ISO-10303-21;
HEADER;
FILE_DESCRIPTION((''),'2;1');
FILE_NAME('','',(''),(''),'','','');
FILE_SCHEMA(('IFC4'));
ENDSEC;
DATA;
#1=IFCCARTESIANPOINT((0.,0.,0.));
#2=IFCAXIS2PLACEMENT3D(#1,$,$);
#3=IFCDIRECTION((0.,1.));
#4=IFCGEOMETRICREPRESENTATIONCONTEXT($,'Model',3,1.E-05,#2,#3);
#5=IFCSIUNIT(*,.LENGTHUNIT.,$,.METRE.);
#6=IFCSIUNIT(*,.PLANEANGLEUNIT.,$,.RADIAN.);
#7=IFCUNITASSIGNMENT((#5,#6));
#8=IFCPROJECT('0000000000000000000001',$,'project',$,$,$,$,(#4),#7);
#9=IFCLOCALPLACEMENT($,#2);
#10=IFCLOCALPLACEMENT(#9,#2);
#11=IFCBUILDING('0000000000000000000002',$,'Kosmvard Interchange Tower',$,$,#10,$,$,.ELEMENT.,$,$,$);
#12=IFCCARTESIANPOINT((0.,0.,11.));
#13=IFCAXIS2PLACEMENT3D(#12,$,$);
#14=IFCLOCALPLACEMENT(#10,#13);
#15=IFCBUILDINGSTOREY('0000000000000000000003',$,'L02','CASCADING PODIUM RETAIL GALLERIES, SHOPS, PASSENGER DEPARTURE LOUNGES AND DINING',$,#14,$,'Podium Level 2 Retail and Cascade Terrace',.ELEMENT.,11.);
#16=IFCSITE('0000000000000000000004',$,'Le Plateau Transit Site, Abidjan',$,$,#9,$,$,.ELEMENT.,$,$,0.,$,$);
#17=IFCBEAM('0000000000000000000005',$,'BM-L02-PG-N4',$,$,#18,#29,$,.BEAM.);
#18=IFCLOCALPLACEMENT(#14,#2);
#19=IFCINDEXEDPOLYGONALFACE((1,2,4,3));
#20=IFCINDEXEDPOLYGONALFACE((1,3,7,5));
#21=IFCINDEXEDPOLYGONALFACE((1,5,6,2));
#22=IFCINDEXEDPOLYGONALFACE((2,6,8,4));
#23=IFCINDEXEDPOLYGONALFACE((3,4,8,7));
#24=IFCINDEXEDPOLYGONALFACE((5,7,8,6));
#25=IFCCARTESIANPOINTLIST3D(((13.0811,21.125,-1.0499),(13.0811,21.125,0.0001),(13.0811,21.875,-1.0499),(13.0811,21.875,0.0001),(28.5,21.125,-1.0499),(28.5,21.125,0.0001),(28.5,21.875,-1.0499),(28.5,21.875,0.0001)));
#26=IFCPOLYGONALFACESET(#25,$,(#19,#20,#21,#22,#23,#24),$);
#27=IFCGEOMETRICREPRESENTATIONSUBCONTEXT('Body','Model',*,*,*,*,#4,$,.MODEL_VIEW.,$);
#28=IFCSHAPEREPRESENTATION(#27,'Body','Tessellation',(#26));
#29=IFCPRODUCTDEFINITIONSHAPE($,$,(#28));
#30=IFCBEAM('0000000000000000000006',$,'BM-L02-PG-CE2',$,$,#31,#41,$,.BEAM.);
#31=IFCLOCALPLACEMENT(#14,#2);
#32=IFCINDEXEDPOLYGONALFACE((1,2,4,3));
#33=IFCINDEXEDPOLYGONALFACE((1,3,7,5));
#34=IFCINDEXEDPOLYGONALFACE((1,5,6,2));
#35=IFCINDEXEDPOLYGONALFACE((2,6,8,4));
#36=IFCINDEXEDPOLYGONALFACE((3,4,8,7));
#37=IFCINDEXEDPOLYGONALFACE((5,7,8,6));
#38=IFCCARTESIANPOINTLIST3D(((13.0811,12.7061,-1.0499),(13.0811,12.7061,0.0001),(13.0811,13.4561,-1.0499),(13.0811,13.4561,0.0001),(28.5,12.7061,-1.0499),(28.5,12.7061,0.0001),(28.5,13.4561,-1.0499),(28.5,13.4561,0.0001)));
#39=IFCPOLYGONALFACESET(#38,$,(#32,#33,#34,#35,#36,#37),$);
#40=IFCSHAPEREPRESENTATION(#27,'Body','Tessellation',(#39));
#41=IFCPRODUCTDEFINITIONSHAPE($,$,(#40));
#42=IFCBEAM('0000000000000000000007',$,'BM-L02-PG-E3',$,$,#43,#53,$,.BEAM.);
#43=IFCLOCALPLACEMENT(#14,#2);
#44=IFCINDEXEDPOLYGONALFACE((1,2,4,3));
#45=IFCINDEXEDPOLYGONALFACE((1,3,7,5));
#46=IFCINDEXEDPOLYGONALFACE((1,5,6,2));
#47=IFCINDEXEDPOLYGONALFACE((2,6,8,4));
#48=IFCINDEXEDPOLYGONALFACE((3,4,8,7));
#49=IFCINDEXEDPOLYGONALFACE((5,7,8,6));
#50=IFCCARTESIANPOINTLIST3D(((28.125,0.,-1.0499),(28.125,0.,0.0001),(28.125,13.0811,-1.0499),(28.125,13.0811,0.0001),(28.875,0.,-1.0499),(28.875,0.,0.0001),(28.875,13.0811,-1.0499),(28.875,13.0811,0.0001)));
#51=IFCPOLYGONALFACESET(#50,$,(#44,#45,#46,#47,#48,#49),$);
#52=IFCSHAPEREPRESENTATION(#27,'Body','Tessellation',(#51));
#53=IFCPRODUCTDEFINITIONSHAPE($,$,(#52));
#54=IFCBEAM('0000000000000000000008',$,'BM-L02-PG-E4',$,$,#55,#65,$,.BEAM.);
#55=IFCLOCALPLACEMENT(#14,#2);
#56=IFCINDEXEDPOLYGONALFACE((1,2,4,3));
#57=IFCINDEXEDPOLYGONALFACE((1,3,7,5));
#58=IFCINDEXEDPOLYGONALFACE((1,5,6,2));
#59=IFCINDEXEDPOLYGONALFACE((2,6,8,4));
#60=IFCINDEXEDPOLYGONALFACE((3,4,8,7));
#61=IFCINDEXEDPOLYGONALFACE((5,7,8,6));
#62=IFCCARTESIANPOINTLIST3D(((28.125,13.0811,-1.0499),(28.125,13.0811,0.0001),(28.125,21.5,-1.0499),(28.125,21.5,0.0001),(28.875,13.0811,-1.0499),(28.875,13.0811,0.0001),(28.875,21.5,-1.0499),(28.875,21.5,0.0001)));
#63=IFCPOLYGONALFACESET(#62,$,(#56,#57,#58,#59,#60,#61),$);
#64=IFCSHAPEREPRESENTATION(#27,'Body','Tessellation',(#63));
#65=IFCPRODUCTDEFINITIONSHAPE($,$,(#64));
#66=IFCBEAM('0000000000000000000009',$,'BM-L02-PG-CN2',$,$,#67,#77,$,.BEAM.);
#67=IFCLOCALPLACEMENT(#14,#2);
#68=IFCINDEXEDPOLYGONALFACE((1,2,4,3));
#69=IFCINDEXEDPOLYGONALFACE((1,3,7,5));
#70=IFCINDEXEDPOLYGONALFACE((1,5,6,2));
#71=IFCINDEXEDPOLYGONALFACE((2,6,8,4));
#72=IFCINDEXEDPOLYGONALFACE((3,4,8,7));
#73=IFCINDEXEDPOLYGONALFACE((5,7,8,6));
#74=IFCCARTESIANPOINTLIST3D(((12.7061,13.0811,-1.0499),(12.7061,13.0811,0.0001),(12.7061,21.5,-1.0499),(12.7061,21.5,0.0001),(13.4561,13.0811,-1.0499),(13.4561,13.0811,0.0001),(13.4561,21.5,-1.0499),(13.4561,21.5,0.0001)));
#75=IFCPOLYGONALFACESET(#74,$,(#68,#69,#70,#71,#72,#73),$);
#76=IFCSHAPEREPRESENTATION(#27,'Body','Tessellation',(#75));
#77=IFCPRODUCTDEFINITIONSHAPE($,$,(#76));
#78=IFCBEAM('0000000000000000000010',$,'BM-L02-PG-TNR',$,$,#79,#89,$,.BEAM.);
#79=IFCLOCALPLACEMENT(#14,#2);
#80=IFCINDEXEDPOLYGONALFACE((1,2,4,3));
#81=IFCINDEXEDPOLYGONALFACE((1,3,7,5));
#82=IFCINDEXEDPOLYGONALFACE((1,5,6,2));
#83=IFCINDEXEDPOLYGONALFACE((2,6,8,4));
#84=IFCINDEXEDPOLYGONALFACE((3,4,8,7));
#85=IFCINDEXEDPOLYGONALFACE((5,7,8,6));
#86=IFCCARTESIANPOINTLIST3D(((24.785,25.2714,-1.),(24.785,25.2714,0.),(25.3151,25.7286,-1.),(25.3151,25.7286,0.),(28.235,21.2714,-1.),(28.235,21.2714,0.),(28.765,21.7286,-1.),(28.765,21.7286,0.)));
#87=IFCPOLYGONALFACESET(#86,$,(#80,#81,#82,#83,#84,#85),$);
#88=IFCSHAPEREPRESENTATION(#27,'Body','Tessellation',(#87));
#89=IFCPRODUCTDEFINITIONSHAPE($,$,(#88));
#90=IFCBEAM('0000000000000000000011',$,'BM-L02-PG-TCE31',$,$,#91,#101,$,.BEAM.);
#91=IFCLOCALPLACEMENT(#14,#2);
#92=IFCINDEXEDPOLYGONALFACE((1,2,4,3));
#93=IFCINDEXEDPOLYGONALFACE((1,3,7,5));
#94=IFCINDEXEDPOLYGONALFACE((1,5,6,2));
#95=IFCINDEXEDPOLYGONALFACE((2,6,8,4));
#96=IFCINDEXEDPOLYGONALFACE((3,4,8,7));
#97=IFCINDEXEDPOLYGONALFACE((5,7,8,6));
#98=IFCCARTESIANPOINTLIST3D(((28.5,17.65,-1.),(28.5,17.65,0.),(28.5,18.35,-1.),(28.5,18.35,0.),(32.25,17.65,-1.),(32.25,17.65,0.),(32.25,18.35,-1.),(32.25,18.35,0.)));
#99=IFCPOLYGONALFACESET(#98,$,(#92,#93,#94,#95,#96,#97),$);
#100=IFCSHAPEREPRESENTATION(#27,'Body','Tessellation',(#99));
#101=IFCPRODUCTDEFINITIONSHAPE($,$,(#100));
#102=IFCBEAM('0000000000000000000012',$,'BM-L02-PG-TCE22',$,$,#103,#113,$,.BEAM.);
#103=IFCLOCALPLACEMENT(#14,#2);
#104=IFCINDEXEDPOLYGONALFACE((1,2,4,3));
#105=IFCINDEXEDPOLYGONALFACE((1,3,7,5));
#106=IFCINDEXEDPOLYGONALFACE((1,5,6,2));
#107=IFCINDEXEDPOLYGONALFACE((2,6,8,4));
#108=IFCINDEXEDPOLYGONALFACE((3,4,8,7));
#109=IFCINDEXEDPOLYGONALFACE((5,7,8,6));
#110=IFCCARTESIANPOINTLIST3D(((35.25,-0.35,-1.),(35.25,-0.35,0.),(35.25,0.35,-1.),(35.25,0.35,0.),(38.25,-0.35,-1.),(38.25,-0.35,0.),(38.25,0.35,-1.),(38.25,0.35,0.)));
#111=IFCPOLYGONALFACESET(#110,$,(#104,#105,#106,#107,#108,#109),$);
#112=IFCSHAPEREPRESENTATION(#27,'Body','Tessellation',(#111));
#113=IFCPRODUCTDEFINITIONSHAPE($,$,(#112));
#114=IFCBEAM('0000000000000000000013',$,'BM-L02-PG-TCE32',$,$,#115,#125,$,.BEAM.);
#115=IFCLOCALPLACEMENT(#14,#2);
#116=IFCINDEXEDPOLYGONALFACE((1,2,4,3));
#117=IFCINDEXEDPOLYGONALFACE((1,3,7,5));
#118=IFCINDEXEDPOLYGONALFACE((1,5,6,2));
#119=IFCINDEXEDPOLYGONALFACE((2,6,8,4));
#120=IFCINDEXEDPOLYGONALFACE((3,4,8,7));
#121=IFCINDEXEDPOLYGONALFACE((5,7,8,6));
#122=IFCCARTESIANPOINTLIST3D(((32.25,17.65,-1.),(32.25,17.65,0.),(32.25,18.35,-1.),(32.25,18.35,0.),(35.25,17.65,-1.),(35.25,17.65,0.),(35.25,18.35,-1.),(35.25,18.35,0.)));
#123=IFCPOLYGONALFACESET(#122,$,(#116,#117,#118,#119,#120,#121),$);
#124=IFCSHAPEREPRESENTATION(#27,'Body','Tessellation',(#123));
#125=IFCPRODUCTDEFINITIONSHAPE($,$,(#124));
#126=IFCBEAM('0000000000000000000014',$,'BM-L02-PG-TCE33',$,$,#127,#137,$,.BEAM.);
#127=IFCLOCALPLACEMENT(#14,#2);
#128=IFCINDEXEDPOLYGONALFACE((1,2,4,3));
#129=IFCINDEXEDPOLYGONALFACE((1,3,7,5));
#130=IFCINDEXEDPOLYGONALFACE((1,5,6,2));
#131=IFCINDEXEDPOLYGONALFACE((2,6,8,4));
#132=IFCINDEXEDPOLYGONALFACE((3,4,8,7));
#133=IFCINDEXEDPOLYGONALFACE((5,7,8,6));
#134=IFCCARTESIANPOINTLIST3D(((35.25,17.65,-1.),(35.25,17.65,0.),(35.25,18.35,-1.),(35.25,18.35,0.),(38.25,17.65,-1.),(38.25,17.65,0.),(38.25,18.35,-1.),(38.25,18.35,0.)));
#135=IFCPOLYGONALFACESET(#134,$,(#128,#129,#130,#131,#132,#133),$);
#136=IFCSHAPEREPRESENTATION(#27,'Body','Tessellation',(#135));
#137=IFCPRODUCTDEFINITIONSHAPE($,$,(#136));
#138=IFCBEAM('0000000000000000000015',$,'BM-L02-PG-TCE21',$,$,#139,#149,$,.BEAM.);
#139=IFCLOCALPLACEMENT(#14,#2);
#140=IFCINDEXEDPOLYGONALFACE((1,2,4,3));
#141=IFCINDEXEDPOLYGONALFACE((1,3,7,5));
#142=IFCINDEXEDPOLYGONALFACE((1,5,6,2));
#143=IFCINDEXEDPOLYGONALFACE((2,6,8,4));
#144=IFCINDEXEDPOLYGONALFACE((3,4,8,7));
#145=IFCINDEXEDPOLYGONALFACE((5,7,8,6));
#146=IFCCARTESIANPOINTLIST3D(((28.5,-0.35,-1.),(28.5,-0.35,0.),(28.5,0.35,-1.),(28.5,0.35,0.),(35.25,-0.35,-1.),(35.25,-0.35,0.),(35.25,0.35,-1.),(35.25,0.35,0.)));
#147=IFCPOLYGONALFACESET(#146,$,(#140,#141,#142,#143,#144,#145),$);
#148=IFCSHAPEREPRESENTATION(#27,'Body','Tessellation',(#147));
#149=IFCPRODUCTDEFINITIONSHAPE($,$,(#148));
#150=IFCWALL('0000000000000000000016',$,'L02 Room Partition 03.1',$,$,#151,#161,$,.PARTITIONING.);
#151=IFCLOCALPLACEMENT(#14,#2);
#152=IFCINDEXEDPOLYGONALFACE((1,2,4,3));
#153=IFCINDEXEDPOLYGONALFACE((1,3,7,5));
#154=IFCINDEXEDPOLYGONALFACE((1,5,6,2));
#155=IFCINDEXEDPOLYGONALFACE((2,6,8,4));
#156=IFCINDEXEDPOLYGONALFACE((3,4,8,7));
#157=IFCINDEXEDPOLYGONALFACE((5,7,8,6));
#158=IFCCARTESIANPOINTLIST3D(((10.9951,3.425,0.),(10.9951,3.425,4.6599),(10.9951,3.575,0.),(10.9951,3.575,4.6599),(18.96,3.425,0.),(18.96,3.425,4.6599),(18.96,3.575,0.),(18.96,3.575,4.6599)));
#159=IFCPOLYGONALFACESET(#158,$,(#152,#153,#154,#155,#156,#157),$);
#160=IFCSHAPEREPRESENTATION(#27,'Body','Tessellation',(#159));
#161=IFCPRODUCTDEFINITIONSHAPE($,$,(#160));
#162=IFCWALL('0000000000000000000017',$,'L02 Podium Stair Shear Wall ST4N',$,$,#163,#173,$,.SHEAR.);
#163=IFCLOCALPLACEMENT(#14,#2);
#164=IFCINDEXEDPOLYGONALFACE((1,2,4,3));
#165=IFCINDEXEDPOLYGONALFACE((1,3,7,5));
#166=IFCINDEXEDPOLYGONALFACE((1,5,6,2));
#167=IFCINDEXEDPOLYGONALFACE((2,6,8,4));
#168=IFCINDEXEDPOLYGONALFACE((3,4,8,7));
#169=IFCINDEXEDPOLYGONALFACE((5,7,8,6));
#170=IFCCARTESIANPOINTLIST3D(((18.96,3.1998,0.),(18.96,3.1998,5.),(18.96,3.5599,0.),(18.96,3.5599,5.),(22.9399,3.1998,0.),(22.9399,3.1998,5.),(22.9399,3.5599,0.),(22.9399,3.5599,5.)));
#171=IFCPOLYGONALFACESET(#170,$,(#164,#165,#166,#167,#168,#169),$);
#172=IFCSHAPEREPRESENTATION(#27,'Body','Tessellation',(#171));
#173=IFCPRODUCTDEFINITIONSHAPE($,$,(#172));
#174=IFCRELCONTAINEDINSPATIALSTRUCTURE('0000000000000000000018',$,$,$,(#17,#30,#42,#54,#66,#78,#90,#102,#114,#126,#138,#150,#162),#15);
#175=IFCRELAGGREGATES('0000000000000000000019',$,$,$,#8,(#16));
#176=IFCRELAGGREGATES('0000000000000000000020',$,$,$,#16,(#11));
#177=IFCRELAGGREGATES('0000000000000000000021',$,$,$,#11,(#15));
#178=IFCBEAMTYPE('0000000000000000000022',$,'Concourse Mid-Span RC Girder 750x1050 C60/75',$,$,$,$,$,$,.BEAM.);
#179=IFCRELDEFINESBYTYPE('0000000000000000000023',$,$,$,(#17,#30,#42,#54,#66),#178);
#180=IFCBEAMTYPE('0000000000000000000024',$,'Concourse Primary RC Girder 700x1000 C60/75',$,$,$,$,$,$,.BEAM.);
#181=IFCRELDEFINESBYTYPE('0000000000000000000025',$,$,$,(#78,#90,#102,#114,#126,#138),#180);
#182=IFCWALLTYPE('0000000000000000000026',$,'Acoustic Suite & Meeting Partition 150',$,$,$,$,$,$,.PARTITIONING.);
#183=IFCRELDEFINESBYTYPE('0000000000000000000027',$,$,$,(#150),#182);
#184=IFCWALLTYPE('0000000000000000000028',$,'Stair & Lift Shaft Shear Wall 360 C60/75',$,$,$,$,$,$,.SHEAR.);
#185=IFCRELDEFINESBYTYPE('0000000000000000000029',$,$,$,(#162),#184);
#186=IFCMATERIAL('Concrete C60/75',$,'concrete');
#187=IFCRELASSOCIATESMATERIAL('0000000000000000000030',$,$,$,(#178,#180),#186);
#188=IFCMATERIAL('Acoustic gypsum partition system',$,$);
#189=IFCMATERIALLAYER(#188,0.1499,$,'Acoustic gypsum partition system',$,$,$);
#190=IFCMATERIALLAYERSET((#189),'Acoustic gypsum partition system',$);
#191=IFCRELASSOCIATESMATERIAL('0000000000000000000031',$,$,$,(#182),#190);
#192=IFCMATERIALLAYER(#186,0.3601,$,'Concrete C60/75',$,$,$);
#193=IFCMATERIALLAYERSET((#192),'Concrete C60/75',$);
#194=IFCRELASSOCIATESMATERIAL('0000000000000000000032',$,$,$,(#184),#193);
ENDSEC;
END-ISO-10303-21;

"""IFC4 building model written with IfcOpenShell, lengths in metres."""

from ifc_helpers import new_model, si_unit, direction, frame, frame_2d, origin, origin_2d, place, context, subcontext, project, spatial, rectangle, extrude, source, transform, mapped, material, layer, layer_set, material_profile, profile_set, type_object, element, save


model = new_model("IFC4")

# Units and contexts
model_context = context("Model", 3, precision=1e-05, world=origin(), true_north=direction((0.0, 1.0)))
body_context = subcontext(model_context, "Body", "Model", "MODEL_VIEW")
ifc_project = project(units=[si_unit("LENGTHUNIT", "METRE"), si_unit("PLANEANGLEUNIT", "RADIAN")], contexts=[model_context])

# Site, building, storey
site_placement = place(None, origin())
site = spatial("IfcSite", under=ifc_project, at=site_placement, Name="Le Plateau Transit Site, Abidjan", CompositionType="ELEMENT", RefElevation=0.0)
building_placement = place(site_placement, origin())
building = spatial("IfcBuilding", under=site, at=building_placement, Name="Kosmvard Interchange Tower", CompositionType="ELEMENT")
storey_placement = place(building_placement, frame((0.0, 0.0, 11.0)))
storey = spatial("IfcBuildingStorey", under=building, at=storey_placement, Name="L02", Description="CASCADING PODIUM RETAIL GALLERIES, SHOPS, PASSENGER DEPARTURE LOUNGES AND DINING", LongName="Podium Level 2 Retail and Cascade Terrace", CompositionType="ELEMENT", Elevation=11.0)

# Shared definitions
ifc_material_1 = material(Name="Concrete C60/75", Category="concrete")

# Beams
ifc_material_profile_1 = material_profile(ifc_material_1, rectangle(XDim=0.75, YDim=1.05, at=origin_2d()), Name="RCG 750x1050")
ifc_profile_set_1 = profile_set([ifc_material_profile_1], Name="Concrete C60/75")
beam_type_1 = type_object("IfcBeamType", Name="Concourse Mid-Span RC Girder 750x1050 C60/75", PredefinedType="BEAM", material=ifc_profile_set_1)
shared_shape_1 = source(origin(), body_context, "Body", "SweptSolid", [
    extrude(rectangle(XDim=0.75, YDim=1.05, at=origin_2d()), origin(), (0.0, 0.0, 1.0), 15.4189),
])
for number, where, z_axis, x_axis, name in (
    (1, (13.0811, 21.5, -0.5249), (1.0, 0.0, 0.0), (0.0, 1.0, 0.0), "BM-L02-PG-N4"),
    (2, (28.5, 13.0811, -0.5249), (-1.0, 0.0, 0.0), (0.0, -1.0, 0.0), "BM-L02-PG-CE2"),
):
    element("IfcBeam", number, at=place(storey_placement, frame(where, z_axis=z_axis, x_axis=x_axis)), inside=storey, type_object=beam_type_1, Name=name, PredefinedType="BEAM", context=body_context, shape_type="MappedRepresentation", body=[
        mapped(shared_shape_1, transform((0.0, 0.0, 0.0), scale=1.0)),
    ])
shared_shape_2 = source(origin(), body_context, "Body", "SweptSolid", [
    extrude(rectangle(XDim=0.75, YDim=1.05, at=origin_2d()), origin(), (0.0, 0.0, 1.0), 13.0811),
])
beam_1_placement = place(storey_placement, frame((28.5, 0.0, -0.5249), z_axis=(0.0, 1.0, 0.0), x_axis=(-1.0, 0.0, 0.0)))
element("IfcBeam", 3, at=beam_1_placement, inside=storey, type_object=beam_type_1, Name="BM-L02-PG-E3", PredefinedType="BEAM", context=body_context, shape_type="MappedRepresentation", body=[
    mapped(shared_shape_2, transform((0.0, 0.0, 0.0), scale=1.0)),
])
shared_shape_3 = source(origin(), body_context, "Body", "SweptSolid", [
    extrude(rectangle(XDim=0.75, YDim=1.05, at=origin_2d()), origin(), (0.0, 0.0, 1.0), 8.4189),
])
for number, where, z_axis, x_axis, name in (
    (4, (28.5, 13.0811, -0.5249), (0.0, 1.0, 0.0), (-1.0, 0.0, 0.0), "BM-L02-PG-E4"),
    (5, (13.0811, 21.5, -0.5249), (0.0, -1.0, 0.0), (1.0, 0.0, 0.0), "BM-L02-PG-CN2"),
):
    element("IfcBeam", number, at=place(storey_placement, frame(where, z_axis=z_axis, x_axis=x_axis)), inside=storey, type_object=beam_type_1, Name=name, PredefinedType="BEAM", context=body_context, shape_type="MappedRepresentation", body=[
        mapped(shared_shape_3, transform((0.0, 0.0, 0.0), scale=1.0)),
    ])
ifc_material_profile_2 = material_profile(ifc_material_1, rectangle(XDim=0.7, YDim=1.0, at=origin_2d()), Name="RCG 700x1000")
ifc_profile_set_2 = profile_set([ifc_material_profile_2], Name="Concrete C60/75")
beam_type_2 = type_object("IfcBeamType", Name="Concourse Primary RC Girder 700x1000 C60/75", PredefinedType="BEAM", material=ifc_profile_set_2)
shared_shape_4 = source(origin(), body_context, "Body", "SweptSolid", [
    extrude(rectangle(XDim=0.7, YDim=1.0, at=origin_2d()), origin(), (0.0, 0.0, 1.0), 5.2822),
])
beam_2_placement = place(storey_placement, frame((25.05, 25.5, -0.5), z_axis=(0.653122, -0.757253, 0.0), x_axis=(0.757253, 0.653122, 0.0)))
element("IfcBeam", 6, at=beam_2_placement, inside=storey, type_object=beam_type_2, Name="BM-L02-PG-TNR", PredefinedType="BEAM", context=body_context, shape_type="MappedRepresentation", body=[
    mapped(shared_shape_4, transform((0.0, 0.0, 0.0), scale=1.0)),
])
shared_shape_5 = source(origin(), body_context, "Body", "SweptSolid", [
    extrude(rectangle(XDim=0.7, YDim=1.0, at=origin_2d()), origin(), (0.0, 0.0, 1.0), 3.75),
])
beam_3_placement = place(storey_placement, frame((28.5, 18.0, -0.5), z_axis=(1.0, 0.0, 0.0), x_axis=(0.0, 1.0, 0.0)))
element("IfcBeam", 7, at=beam_3_placement, inside=storey, type_object=beam_type_2, Name="BM-L02-PG-TCE31", PredefinedType="BEAM", context=body_context, shape_type="MappedRepresentation", body=[
    mapped(shared_shape_5, transform((0.0, 0.0, 0.0), scale=1.0)),
])
shared_shape_6 = source(origin(), body_context, "Body", "SweptSolid", [
    extrude(rectangle(XDim=0.7, YDim=1.0, at=origin_2d()), origin(), (0.0, 0.0, 1.0), 3.0),
])
for number, where, z_axis, x_axis, name in (
    (8, (35.25, 0.0, -0.5), (1.0, 0.0, 0.0), (0.0, 1.0, 0.0), "BM-L02-PG-TCE22"),
    (9, (32.25, 18.0, -0.5), (1.0, 0.0, 0.0), (0.0, 1.0, 0.0), "BM-L02-PG-TCE32"),
    (10, (35.25, 18.0, -0.5), (1.0, 0.0, 0.0), (0.0, 1.0, 0.0), "BM-L02-PG-TCE33"),
):
    element("IfcBeam", number, at=place(storey_placement, frame(where, z_axis=z_axis, x_axis=x_axis)), inside=storey, type_object=beam_type_2, Name=name, PredefinedType="BEAM", context=body_context, shape_type="MappedRepresentation", body=[
        mapped(shared_shape_6, transform((0.0, 0.0, 0.0), scale=1.0)),
    ])
shared_shape_7 = source(origin(), body_context, "Body", "SweptSolid", [
    extrude(rectangle(XDim=0.7, YDim=1.0, at=origin_2d()), origin(), (0.0, 0.0, 1.0), 6.75),
])
beam_4_placement = place(storey_placement, frame((28.5, 0.0, -0.5), z_axis=(1.0, 0.0, 0.0), x_axis=(0.0, 1.0, 0.0)))
element("IfcBeam", 11, at=beam_4_placement, inside=storey, type_object=beam_type_2, Name="BM-L02-PG-TCE21", PredefinedType="BEAM", context=body_context, shape_type="MappedRepresentation", body=[
    mapped(shared_shape_7, transform((0.0, 0.0, 0.0), scale=1.0)),
])

# Walls
ifc_material_2 = material(Name="Acoustic gypsum partition system")
ifc_layer_1 = layer(ifc_material_2, 0.1499, Name="Acoustic gypsum partition system")
ifc_layer_set_1 = layer_set([ifc_layer_1], Name="Acoustic gypsum partition system")
wall_type_1 = type_object("IfcWallType", Name="Acoustic Suite & Meeting Partition 150", PredefinedType="PARTITIONING", material=ifc_layer_set_1)
wall_1_placement = place(storey_placement, frame((10.9951, 3.5, 0.0), z_axis=(0.0, 0.0, 1.0), x_axis=(1.0, 0.0, 0.0)))
element("IfcWall", 12, at=wall_1_placement, inside=storey, type_object=wall_type_1, Name="L02 Room Partition 03.1", PredefinedType="PARTITIONING", context=body_context, shape_type="SweptSolid", body=[
    extrude(rectangle(XDim=7.9648, YDim=0.1499, at=frame_2d((3.9824, 0.0))), origin(), (0.0, 0.0, 1.0), 4.6599),
])
ifc_layer_2 = layer(ifc_material_1, 0.3601, Name="Concrete C60/75")
ifc_layer_set_2 = layer_set([ifc_layer_2], Name="Concrete C60/75")
wall_type_2 = type_object("IfcWallType", Name="Stair & Lift Shaft Shear Wall 360 C60/75", PredefinedType="SHEAR", material=ifc_layer_set_2)
wall_2_placement = place(storey_placement, frame((18.96, 3.3799, 0.0), z_axis=(0.0, 0.0, 1.0), x_axis=(1.0, 0.0, 0.0)))
element("IfcWall", 13, at=wall_2_placement, inside=storey, type_object=wall_type_2, Name="L02 Podium Stair Shear Wall ST4N", PredefinedType="SHEAR", context=body_context, shape_type="SweptSolid", body=[
    extrude(rectangle(XDim=3.98, YDim=0.3601, at=frame_2d((1.99, 0.0))), origin(), (0.0, 0.0, 1.0), 5.0),
])

save(model, "model.ifc")
